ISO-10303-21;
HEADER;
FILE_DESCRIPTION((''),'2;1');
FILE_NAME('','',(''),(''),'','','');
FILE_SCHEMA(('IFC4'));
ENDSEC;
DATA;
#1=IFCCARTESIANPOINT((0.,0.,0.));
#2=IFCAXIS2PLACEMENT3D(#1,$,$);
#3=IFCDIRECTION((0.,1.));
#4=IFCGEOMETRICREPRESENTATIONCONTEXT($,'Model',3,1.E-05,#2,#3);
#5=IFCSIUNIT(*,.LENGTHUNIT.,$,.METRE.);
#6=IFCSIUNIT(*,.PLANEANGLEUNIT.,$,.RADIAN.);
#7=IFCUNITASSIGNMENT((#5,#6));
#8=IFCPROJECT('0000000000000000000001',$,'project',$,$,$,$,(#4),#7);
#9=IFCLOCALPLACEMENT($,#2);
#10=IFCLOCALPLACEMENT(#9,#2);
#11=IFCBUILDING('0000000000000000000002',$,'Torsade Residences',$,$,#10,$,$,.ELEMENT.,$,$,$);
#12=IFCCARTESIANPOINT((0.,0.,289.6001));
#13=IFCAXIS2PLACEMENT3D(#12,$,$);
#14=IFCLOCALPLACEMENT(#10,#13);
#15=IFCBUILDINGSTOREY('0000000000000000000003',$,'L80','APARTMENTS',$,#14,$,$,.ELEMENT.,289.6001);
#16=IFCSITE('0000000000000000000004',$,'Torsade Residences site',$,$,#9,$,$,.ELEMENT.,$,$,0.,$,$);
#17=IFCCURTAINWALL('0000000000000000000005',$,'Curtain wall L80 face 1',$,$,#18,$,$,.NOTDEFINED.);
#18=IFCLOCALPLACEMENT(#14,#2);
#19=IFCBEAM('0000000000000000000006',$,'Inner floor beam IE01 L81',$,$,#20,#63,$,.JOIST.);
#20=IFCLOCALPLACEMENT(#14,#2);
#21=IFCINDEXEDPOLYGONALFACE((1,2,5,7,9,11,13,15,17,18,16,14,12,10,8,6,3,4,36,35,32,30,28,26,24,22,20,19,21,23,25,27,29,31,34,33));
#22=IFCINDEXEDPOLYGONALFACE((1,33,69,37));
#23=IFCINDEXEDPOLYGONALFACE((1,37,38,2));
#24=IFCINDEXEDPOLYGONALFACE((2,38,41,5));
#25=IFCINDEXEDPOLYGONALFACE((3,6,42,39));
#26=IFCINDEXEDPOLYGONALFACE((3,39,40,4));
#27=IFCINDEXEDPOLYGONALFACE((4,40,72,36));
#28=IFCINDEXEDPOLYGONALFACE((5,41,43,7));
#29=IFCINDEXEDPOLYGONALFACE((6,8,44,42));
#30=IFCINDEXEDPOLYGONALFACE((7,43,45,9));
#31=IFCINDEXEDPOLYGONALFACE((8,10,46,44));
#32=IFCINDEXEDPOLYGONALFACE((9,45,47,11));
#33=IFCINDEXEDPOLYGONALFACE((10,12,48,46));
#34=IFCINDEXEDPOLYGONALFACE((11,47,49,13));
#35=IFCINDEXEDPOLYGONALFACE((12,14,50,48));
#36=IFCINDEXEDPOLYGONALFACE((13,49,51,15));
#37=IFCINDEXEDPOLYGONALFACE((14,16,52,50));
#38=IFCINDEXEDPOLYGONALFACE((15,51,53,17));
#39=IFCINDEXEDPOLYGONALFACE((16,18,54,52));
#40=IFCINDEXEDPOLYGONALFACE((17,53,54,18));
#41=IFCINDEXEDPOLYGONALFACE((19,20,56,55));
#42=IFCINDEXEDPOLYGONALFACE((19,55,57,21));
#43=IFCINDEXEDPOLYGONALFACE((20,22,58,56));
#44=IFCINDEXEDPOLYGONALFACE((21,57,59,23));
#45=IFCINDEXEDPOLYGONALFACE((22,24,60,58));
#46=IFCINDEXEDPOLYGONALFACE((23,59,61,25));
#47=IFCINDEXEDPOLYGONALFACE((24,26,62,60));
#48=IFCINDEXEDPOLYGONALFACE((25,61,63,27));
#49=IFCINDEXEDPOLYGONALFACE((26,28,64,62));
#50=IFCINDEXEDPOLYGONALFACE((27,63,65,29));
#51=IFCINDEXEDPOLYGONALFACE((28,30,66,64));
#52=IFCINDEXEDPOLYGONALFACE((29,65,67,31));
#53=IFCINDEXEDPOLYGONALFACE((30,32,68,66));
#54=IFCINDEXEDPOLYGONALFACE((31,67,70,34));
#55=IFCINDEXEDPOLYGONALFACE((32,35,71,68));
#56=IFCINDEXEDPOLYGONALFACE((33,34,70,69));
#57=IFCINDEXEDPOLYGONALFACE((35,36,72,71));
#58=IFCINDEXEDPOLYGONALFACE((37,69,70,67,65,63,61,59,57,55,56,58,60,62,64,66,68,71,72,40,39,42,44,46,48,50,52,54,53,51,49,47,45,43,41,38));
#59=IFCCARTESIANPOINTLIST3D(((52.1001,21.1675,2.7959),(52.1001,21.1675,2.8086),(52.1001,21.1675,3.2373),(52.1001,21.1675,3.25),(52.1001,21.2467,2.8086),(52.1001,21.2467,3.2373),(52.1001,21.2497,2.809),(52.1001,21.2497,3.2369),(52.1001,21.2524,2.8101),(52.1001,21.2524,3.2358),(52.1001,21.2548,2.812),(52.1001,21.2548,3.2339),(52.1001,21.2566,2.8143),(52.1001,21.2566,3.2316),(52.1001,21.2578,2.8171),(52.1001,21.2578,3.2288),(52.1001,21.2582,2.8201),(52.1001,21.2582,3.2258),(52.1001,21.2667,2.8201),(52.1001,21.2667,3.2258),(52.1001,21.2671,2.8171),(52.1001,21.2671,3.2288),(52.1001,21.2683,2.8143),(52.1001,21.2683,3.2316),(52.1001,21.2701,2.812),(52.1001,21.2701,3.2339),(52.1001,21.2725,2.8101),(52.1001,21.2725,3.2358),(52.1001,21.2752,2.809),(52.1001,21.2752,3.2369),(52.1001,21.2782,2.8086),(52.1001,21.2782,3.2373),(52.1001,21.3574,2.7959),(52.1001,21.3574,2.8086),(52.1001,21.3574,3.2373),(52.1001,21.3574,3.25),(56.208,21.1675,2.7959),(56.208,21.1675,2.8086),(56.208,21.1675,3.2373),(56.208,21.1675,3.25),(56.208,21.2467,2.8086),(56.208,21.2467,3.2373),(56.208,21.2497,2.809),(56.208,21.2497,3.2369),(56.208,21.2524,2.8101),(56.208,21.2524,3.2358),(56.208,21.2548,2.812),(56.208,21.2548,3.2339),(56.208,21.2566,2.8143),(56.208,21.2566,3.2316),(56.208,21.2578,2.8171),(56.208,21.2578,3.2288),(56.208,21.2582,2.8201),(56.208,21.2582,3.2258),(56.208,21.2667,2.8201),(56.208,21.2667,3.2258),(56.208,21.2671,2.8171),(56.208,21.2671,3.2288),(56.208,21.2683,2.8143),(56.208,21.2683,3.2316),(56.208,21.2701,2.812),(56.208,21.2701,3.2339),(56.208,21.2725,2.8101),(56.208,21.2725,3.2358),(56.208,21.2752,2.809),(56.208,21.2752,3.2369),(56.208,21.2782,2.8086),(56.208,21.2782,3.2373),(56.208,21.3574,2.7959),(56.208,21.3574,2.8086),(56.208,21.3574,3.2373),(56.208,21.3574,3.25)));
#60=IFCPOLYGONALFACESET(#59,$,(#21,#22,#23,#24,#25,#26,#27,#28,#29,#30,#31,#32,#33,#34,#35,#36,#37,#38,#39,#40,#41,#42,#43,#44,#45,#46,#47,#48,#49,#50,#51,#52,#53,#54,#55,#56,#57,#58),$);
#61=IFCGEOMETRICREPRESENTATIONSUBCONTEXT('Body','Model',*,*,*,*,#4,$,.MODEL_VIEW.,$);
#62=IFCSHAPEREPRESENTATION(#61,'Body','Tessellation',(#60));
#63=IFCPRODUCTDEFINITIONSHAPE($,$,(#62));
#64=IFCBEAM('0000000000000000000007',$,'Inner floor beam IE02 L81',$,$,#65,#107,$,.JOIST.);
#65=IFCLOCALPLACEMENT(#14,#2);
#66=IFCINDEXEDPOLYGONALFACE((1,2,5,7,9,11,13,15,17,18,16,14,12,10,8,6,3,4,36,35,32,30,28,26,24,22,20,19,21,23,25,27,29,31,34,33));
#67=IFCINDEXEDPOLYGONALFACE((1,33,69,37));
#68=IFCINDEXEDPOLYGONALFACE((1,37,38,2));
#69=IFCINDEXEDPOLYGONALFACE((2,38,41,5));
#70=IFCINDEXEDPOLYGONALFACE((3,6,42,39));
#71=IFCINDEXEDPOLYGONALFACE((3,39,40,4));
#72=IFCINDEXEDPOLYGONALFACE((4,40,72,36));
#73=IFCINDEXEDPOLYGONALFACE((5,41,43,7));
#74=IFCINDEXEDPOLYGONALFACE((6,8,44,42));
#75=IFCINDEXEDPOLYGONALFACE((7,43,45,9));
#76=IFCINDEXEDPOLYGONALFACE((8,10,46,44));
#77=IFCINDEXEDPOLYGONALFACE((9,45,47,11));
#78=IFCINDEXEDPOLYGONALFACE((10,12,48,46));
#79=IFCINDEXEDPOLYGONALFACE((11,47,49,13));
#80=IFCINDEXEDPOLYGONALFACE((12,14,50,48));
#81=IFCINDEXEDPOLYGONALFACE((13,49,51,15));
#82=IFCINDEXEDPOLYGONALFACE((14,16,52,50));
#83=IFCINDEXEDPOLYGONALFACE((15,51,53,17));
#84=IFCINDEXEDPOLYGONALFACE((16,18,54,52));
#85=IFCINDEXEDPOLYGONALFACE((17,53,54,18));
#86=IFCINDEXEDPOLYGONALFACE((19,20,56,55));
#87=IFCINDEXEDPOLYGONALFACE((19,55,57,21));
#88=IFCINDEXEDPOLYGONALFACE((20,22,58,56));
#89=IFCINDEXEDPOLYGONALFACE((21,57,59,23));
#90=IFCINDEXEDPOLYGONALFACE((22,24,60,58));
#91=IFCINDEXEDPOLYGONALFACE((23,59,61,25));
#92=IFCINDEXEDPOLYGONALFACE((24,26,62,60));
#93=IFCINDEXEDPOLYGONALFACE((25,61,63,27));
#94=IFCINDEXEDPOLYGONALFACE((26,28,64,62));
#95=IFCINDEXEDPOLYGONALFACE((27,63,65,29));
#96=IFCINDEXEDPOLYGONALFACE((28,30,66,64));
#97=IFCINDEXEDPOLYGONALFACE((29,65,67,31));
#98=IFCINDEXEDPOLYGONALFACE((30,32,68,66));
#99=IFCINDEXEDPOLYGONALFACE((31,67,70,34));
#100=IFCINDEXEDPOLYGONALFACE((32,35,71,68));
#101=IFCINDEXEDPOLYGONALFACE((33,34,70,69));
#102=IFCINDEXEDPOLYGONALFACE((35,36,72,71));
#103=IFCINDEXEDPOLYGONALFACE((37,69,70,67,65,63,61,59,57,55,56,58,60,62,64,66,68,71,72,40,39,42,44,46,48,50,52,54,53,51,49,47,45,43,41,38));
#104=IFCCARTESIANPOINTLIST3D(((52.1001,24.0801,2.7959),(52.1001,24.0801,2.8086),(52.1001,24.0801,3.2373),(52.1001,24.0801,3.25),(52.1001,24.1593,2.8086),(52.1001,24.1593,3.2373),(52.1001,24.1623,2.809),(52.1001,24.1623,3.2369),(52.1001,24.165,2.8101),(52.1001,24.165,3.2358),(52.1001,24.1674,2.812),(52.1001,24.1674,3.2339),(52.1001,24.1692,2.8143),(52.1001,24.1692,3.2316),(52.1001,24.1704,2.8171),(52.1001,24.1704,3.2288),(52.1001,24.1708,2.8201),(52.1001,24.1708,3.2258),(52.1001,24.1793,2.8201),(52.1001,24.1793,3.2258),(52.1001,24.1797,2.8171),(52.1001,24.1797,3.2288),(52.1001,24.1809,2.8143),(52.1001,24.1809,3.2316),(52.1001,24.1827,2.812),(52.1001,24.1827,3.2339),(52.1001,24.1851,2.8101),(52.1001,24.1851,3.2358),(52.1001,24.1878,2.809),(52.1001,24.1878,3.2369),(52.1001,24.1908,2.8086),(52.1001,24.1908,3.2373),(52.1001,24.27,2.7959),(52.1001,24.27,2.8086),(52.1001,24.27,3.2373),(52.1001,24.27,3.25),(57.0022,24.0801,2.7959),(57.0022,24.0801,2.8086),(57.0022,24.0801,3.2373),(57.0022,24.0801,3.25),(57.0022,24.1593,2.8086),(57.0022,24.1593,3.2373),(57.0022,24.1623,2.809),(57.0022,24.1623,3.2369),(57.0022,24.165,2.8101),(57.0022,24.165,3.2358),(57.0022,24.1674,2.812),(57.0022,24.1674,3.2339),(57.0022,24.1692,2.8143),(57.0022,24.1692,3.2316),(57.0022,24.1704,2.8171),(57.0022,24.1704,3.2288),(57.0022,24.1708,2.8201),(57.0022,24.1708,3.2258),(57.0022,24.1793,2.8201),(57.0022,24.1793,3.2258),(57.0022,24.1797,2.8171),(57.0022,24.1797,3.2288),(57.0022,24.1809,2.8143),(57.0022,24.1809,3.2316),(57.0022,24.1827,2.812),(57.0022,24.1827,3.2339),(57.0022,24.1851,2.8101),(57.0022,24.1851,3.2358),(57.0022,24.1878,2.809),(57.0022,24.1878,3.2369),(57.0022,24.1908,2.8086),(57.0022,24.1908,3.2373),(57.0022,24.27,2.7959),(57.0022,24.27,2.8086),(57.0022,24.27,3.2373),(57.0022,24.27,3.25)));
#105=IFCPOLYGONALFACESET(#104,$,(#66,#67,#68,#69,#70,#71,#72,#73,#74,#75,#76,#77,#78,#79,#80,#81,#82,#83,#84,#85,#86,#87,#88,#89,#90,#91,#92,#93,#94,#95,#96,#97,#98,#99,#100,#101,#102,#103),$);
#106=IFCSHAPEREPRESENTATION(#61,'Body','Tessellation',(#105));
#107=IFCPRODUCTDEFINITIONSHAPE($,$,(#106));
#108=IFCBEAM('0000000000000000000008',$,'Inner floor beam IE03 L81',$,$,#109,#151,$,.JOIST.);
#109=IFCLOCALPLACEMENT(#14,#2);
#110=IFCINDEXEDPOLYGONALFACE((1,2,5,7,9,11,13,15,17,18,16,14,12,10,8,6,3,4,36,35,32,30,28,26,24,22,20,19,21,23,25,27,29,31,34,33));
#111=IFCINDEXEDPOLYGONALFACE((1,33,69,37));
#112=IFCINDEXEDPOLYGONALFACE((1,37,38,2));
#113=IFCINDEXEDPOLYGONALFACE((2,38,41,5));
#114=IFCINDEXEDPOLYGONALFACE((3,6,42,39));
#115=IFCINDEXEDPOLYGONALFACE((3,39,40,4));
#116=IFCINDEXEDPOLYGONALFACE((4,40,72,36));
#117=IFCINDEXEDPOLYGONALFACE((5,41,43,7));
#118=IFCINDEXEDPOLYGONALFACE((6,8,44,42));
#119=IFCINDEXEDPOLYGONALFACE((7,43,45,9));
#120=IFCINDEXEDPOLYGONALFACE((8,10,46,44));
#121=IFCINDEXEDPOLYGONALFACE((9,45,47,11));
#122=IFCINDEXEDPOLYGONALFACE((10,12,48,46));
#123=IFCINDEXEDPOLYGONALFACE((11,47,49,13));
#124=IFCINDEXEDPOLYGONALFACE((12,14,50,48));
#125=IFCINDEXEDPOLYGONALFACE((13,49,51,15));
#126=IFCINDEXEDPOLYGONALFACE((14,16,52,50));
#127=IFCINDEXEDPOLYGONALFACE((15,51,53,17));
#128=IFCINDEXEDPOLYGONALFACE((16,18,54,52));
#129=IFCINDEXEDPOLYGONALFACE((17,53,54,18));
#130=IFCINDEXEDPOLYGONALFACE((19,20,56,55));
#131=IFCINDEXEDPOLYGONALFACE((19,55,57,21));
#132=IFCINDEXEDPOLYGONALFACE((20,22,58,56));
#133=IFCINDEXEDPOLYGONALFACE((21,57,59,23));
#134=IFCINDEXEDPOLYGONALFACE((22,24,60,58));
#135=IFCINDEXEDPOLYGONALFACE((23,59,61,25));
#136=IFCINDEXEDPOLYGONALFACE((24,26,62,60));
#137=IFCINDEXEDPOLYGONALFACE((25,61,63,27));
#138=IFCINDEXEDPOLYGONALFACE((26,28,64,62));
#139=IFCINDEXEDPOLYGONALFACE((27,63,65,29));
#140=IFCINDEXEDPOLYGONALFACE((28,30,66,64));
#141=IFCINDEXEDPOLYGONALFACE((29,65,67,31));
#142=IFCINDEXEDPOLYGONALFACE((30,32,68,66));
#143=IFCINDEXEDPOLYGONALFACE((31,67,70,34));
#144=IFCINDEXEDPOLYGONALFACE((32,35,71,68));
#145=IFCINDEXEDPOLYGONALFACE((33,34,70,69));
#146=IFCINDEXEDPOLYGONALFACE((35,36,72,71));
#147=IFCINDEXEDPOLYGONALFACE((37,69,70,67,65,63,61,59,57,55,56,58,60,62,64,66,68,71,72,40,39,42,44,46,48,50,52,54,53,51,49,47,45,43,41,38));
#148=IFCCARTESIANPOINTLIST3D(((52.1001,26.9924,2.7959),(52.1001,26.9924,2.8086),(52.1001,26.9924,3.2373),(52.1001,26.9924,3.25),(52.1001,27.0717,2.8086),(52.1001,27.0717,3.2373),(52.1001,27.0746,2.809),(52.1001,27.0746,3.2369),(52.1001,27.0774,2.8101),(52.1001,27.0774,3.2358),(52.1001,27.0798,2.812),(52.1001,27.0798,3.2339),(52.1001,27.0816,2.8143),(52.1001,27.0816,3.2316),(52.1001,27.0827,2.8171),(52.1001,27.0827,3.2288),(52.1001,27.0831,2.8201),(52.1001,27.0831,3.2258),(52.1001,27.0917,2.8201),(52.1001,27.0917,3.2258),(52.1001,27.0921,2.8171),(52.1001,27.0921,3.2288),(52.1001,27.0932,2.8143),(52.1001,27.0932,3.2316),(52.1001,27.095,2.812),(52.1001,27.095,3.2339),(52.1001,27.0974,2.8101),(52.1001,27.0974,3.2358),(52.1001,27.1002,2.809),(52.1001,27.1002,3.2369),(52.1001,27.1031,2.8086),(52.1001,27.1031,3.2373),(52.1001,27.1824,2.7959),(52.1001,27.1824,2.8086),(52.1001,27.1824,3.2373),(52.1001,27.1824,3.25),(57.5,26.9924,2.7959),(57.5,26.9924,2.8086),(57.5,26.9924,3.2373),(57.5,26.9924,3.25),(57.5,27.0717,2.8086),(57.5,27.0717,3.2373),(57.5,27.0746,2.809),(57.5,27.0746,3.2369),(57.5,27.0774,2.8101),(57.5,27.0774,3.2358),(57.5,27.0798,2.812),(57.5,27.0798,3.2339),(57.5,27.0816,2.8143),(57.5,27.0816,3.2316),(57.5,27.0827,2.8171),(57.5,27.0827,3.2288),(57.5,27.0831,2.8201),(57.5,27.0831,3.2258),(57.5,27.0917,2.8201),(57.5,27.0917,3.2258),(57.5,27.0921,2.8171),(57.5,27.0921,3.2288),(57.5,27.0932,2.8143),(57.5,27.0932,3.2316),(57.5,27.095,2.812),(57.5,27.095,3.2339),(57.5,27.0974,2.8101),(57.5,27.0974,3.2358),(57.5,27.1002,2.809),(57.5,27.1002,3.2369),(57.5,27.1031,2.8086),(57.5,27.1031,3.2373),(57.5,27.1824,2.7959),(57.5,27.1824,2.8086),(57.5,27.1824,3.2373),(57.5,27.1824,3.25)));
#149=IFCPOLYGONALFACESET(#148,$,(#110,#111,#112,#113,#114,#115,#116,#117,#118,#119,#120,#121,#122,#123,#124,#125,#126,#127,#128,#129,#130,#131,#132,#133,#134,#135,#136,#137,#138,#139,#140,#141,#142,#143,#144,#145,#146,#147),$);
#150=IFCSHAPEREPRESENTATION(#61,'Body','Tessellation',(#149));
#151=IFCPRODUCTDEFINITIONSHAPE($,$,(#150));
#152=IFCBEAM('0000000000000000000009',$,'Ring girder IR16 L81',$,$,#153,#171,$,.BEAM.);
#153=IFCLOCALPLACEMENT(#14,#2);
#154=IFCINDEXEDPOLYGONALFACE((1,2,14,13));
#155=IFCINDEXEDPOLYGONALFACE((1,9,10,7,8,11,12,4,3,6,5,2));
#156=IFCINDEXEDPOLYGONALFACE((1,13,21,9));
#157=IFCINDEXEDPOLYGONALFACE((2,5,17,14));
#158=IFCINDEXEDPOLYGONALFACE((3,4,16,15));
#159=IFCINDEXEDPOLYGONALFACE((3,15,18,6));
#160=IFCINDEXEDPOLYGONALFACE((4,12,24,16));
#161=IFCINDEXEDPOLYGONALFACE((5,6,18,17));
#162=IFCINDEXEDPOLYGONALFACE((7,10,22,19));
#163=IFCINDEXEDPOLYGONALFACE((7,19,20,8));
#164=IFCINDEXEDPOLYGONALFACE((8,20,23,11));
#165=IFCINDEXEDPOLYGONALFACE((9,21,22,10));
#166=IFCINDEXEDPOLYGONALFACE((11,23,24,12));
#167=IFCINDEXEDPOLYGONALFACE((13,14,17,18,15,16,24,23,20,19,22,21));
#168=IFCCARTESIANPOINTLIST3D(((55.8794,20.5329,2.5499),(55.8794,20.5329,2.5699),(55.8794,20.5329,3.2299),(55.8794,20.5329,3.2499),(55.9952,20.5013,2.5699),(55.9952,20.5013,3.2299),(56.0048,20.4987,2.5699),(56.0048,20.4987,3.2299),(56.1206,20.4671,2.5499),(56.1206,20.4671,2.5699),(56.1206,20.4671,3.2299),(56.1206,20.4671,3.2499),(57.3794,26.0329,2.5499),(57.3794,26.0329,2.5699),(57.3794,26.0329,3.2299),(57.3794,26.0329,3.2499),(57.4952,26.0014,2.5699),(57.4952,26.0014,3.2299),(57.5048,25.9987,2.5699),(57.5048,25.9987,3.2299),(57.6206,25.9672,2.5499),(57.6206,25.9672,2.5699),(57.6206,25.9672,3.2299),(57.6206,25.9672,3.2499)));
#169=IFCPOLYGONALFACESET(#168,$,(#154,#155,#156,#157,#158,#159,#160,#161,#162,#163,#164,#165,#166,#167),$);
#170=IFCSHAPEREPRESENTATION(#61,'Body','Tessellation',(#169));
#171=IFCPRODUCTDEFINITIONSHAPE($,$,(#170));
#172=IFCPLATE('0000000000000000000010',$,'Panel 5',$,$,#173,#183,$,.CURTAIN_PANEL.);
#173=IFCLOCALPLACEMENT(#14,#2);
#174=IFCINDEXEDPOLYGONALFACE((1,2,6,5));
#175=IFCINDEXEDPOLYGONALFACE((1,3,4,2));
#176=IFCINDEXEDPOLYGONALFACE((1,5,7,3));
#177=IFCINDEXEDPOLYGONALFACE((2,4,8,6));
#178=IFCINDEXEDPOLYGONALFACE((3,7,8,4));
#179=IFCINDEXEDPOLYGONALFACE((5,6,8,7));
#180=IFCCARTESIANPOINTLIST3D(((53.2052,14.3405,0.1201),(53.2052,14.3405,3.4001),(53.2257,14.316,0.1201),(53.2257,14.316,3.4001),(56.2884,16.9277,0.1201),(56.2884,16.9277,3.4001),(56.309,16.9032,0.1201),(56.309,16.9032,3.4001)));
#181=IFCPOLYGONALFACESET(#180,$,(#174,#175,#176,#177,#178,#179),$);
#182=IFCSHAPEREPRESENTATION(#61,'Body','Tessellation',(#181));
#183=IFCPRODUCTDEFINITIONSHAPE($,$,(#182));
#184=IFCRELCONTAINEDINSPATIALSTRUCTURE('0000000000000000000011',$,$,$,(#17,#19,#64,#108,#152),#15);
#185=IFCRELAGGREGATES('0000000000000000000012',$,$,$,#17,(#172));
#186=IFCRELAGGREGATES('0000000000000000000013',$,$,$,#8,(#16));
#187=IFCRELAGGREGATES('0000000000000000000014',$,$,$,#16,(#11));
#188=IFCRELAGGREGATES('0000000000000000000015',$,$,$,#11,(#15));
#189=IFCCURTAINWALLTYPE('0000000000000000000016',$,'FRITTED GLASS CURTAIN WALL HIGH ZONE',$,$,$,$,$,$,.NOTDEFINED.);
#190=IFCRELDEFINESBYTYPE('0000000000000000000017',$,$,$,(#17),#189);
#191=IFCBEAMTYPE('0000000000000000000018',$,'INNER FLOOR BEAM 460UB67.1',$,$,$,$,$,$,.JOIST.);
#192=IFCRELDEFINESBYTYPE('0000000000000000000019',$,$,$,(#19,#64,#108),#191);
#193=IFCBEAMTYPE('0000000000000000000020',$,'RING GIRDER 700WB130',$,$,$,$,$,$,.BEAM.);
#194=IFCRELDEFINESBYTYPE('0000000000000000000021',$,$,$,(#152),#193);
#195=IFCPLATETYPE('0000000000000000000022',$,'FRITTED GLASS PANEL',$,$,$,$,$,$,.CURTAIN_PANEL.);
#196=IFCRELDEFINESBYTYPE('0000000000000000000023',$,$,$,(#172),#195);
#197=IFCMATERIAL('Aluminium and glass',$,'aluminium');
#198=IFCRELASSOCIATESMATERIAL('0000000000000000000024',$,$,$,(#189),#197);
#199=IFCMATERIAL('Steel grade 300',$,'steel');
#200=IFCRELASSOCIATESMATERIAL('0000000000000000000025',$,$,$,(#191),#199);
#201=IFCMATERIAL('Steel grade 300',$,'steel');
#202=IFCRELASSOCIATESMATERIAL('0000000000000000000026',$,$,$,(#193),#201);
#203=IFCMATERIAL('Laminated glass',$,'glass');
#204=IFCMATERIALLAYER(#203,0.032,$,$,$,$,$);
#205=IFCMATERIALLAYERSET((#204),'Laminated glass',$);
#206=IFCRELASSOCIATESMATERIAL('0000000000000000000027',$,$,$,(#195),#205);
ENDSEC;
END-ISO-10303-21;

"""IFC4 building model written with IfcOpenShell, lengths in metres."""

from ifc_helpers import new_model, si_unit, direction, frame, origin, origin_2d, place, context, subcontext, project, spatial, rectangle, i_section, extrude, material, layer, layer_set, material_profile, profile_set, type_object, element, aggregate, save


model = new_model("IFC4")

# Units and contexts
model_context = context("Model", 3, precision=1e-05, world=origin(), true_north=direction((0.0, 1.0)))
body_context = subcontext(model_context, "Body", "Model", "MODEL_VIEW")
ifc_project = project(units=[si_unit("LENGTHUNIT", "METRE"), si_unit("PLANEANGLEUNIT", "RADIAN")], contexts=[model_context])

# Site, building, storey
site_placement = place(None, origin())
site = spatial("IfcSite", under=ifc_project, at=site_placement, Name="Torsade Residences site", CompositionType="ELEMENT", RefElevation=0.0)
building_placement = place(site_placement, origin())
building = spatial("IfcBuilding", under=site, at=building_placement, Name="Torsade Residences", CompositionType="ELEMENT")
storey_placement = place(building_placement, frame((0.0, 0.0, 289.6001)))
storey = spatial("IfcBuildingStorey", under=building, at=storey_placement, Name="L80", Description="APARTMENTS", CompositionType="ELEMENT", Elevation=289.6001)

# Curtain wall
ifc_material_1 = material(Name="Aluminium and glass", Category="aluminium")
curtain_wall_type = type_object("IfcCurtainWallType", Name="FRITTED GLASS CURTAIN WALL HIGH ZONE", PredefinedType="NOTDEFINED", material=ifc_material_1)
curtain_wall_placement = place(storey_placement, origin())
curtain_wall = element("IfcCurtainWall", 1, at=curtain_wall_placement, inside=storey, type_object=curtain_wall_type, Name="Curtain wall L80 face 1", PredefinedType="NOTDEFINED")

# Beams
ifc_material_2 = material(Name="Steel grade 300", Category="steel")
ifc_material_profile_1 = material_profile(ifc_material_2, i_section(OverallWidth=0.1899, OverallDepth=0.4541, WebThickness=0.0085, FlangeThickness=0.0127, FilletRadius=0.0115, at=origin_2d()), Name="460UB67.1")
ifc_profile_set_1 = profile_set([ifc_material_profile_1], Name="Steel grade 300")
beam_type_1 = type_object("IfcBeamType", Name="INNER FLOOR BEAM 460UB67.1", PredefinedType="JOIST", material=ifc_profile_set_1)
beam_1_placement = place(storey_placement, frame((52.1001, 21.2625, 3.0229), z_axis=(1.0, 0.0, 0.0), x_axis=(0.0, 1.0, 0.0)))
element("IfcBeam", 2, at=beam_1_placement, inside=storey, type_object=beam_type_1, Name="Inner floor beam IE01 L81", PredefinedType="JOIST", context=body_context, shape_type="SweptSolid", body=[
    extrude(i_section(OverallWidth=0.1899, OverallDepth=0.4541, WebThickness=0.0085, FlangeThickness=0.0127, FilletRadius=0.0115, at=origin_2d()), origin(), (0.0, 0.0, 1.0), 4.1079),
])
beam_2_placement = place(storey_placement, frame((52.1001, 24.175, 3.0229), z_axis=(1.0, 0.0, 0.0), x_axis=(0.0, 1.0, 0.0)))
element("IfcBeam", 3, at=beam_2_placement, inside=storey, type_object=beam_type_1, Name="Inner floor beam IE02 L81", PredefinedType="JOIST", context=body_context, shape_type="SweptSolid", body=[
    extrude(i_section(OverallWidth=0.1899, OverallDepth=0.4541, WebThickness=0.0085, FlangeThickness=0.0127, FilletRadius=0.0115, at=origin_2d()), origin(), (0.0, 0.0, 1.0), 4.9021),
])
beam_3_placement = place(storey_placement, frame((52.1001, 27.0874, 3.0229), z_axis=(1.0, 0.0, 0.0), x_axis=(0.0, 1.0, 0.0)))
element("IfcBeam", 4, at=beam_3_placement, inside=storey, type_object=beam_type_1, Name="Inner floor beam IE03 L81", PredefinedType="JOIST", context=body_context, shape_type="SweptSolid", body=[
    extrude(i_section(OverallWidth=0.1899, OverallDepth=0.4541, WebThickness=0.0085, FlangeThickness=0.0127, FilletRadius=0.0115, at=origin_2d()), origin(), (0.0, 0.0, 1.0), 5.3999),
])
ifc_material_3 = material(Name="Steel grade 300", Category="steel")
ifc_material_profile_2 = material_profile(ifc_material_3, i_section(OverallWidth=0.25, OverallDepth=0.7, WebThickness=0.01, FlangeThickness=0.02, at=origin_2d()), Name="700WB130")
ifc_profile_set_2 = profile_set([ifc_material_profile_2], Name="Steel grade 300")
beam_type_2 = type_object("IfcBeamType", Name="RING GIRDER 700WB130", PredefinedType="BEAM", material=ifc_profile_set_2)
beam_4_placement = place(storey_placement, frame((56.0, 20.5, 2.8999), z_axis=(0.263117, 0.964764, 0.0), x_axis=(-0.964764, 0.263117, 0.0)))
element("IfcBeam", 5, at=beam_4_placement, inside=storey, type_object=beam_type_2, Name="Ring girder IR16 L81", PredefinedType="BEAM", context=body_context, shape_type="SweptSolid", body=[
    extrude(i_section(OverallWidth=0.25, OverallDepth=0.7, WebThickness=0.01, FlangeThickness=0.02, at=origin_2d()), origin(), (0.0, 0.0, 1.0), 5.7009),
])

# Plate
ifc_material_4 = material(Name="Laminated glass", Category="glass")
ifc_layer_1 = layer(ifc_material_4, 0.032)
ifc_layer_set_1 = layer_set([ifc_layer_1], Name="Laminated glass")
plate_type = type_object("IfcPlateType", Name="FRITTED GLASS PANEL", PredefinedType="CURTAIN_PANEL", material=ifc_layer_set_1)
plate_placement = place(storey_placement, frame((54.7571, 15.6218, 0.1201), z_axis=(0.0, 0.0, 1.0), x_axis=(0.766044, 0.642788, 0.0)))
plate = element("IfcPlate", 6, at=plate_placement, type_object=plate_type, Name="Panel 5", PredefinedType="CURTAIN_PANEL", context=body_context, shape_type="SweptSolid", body=[
    extrude(rectangle(XDim=4.0249, YDim=0.032, at=origin_2d()), origin(), (0.0, 0.0, 1.0), 3.28),
])
aggregate(curtain_wall, [plate])

save(model, "model.ifc")
